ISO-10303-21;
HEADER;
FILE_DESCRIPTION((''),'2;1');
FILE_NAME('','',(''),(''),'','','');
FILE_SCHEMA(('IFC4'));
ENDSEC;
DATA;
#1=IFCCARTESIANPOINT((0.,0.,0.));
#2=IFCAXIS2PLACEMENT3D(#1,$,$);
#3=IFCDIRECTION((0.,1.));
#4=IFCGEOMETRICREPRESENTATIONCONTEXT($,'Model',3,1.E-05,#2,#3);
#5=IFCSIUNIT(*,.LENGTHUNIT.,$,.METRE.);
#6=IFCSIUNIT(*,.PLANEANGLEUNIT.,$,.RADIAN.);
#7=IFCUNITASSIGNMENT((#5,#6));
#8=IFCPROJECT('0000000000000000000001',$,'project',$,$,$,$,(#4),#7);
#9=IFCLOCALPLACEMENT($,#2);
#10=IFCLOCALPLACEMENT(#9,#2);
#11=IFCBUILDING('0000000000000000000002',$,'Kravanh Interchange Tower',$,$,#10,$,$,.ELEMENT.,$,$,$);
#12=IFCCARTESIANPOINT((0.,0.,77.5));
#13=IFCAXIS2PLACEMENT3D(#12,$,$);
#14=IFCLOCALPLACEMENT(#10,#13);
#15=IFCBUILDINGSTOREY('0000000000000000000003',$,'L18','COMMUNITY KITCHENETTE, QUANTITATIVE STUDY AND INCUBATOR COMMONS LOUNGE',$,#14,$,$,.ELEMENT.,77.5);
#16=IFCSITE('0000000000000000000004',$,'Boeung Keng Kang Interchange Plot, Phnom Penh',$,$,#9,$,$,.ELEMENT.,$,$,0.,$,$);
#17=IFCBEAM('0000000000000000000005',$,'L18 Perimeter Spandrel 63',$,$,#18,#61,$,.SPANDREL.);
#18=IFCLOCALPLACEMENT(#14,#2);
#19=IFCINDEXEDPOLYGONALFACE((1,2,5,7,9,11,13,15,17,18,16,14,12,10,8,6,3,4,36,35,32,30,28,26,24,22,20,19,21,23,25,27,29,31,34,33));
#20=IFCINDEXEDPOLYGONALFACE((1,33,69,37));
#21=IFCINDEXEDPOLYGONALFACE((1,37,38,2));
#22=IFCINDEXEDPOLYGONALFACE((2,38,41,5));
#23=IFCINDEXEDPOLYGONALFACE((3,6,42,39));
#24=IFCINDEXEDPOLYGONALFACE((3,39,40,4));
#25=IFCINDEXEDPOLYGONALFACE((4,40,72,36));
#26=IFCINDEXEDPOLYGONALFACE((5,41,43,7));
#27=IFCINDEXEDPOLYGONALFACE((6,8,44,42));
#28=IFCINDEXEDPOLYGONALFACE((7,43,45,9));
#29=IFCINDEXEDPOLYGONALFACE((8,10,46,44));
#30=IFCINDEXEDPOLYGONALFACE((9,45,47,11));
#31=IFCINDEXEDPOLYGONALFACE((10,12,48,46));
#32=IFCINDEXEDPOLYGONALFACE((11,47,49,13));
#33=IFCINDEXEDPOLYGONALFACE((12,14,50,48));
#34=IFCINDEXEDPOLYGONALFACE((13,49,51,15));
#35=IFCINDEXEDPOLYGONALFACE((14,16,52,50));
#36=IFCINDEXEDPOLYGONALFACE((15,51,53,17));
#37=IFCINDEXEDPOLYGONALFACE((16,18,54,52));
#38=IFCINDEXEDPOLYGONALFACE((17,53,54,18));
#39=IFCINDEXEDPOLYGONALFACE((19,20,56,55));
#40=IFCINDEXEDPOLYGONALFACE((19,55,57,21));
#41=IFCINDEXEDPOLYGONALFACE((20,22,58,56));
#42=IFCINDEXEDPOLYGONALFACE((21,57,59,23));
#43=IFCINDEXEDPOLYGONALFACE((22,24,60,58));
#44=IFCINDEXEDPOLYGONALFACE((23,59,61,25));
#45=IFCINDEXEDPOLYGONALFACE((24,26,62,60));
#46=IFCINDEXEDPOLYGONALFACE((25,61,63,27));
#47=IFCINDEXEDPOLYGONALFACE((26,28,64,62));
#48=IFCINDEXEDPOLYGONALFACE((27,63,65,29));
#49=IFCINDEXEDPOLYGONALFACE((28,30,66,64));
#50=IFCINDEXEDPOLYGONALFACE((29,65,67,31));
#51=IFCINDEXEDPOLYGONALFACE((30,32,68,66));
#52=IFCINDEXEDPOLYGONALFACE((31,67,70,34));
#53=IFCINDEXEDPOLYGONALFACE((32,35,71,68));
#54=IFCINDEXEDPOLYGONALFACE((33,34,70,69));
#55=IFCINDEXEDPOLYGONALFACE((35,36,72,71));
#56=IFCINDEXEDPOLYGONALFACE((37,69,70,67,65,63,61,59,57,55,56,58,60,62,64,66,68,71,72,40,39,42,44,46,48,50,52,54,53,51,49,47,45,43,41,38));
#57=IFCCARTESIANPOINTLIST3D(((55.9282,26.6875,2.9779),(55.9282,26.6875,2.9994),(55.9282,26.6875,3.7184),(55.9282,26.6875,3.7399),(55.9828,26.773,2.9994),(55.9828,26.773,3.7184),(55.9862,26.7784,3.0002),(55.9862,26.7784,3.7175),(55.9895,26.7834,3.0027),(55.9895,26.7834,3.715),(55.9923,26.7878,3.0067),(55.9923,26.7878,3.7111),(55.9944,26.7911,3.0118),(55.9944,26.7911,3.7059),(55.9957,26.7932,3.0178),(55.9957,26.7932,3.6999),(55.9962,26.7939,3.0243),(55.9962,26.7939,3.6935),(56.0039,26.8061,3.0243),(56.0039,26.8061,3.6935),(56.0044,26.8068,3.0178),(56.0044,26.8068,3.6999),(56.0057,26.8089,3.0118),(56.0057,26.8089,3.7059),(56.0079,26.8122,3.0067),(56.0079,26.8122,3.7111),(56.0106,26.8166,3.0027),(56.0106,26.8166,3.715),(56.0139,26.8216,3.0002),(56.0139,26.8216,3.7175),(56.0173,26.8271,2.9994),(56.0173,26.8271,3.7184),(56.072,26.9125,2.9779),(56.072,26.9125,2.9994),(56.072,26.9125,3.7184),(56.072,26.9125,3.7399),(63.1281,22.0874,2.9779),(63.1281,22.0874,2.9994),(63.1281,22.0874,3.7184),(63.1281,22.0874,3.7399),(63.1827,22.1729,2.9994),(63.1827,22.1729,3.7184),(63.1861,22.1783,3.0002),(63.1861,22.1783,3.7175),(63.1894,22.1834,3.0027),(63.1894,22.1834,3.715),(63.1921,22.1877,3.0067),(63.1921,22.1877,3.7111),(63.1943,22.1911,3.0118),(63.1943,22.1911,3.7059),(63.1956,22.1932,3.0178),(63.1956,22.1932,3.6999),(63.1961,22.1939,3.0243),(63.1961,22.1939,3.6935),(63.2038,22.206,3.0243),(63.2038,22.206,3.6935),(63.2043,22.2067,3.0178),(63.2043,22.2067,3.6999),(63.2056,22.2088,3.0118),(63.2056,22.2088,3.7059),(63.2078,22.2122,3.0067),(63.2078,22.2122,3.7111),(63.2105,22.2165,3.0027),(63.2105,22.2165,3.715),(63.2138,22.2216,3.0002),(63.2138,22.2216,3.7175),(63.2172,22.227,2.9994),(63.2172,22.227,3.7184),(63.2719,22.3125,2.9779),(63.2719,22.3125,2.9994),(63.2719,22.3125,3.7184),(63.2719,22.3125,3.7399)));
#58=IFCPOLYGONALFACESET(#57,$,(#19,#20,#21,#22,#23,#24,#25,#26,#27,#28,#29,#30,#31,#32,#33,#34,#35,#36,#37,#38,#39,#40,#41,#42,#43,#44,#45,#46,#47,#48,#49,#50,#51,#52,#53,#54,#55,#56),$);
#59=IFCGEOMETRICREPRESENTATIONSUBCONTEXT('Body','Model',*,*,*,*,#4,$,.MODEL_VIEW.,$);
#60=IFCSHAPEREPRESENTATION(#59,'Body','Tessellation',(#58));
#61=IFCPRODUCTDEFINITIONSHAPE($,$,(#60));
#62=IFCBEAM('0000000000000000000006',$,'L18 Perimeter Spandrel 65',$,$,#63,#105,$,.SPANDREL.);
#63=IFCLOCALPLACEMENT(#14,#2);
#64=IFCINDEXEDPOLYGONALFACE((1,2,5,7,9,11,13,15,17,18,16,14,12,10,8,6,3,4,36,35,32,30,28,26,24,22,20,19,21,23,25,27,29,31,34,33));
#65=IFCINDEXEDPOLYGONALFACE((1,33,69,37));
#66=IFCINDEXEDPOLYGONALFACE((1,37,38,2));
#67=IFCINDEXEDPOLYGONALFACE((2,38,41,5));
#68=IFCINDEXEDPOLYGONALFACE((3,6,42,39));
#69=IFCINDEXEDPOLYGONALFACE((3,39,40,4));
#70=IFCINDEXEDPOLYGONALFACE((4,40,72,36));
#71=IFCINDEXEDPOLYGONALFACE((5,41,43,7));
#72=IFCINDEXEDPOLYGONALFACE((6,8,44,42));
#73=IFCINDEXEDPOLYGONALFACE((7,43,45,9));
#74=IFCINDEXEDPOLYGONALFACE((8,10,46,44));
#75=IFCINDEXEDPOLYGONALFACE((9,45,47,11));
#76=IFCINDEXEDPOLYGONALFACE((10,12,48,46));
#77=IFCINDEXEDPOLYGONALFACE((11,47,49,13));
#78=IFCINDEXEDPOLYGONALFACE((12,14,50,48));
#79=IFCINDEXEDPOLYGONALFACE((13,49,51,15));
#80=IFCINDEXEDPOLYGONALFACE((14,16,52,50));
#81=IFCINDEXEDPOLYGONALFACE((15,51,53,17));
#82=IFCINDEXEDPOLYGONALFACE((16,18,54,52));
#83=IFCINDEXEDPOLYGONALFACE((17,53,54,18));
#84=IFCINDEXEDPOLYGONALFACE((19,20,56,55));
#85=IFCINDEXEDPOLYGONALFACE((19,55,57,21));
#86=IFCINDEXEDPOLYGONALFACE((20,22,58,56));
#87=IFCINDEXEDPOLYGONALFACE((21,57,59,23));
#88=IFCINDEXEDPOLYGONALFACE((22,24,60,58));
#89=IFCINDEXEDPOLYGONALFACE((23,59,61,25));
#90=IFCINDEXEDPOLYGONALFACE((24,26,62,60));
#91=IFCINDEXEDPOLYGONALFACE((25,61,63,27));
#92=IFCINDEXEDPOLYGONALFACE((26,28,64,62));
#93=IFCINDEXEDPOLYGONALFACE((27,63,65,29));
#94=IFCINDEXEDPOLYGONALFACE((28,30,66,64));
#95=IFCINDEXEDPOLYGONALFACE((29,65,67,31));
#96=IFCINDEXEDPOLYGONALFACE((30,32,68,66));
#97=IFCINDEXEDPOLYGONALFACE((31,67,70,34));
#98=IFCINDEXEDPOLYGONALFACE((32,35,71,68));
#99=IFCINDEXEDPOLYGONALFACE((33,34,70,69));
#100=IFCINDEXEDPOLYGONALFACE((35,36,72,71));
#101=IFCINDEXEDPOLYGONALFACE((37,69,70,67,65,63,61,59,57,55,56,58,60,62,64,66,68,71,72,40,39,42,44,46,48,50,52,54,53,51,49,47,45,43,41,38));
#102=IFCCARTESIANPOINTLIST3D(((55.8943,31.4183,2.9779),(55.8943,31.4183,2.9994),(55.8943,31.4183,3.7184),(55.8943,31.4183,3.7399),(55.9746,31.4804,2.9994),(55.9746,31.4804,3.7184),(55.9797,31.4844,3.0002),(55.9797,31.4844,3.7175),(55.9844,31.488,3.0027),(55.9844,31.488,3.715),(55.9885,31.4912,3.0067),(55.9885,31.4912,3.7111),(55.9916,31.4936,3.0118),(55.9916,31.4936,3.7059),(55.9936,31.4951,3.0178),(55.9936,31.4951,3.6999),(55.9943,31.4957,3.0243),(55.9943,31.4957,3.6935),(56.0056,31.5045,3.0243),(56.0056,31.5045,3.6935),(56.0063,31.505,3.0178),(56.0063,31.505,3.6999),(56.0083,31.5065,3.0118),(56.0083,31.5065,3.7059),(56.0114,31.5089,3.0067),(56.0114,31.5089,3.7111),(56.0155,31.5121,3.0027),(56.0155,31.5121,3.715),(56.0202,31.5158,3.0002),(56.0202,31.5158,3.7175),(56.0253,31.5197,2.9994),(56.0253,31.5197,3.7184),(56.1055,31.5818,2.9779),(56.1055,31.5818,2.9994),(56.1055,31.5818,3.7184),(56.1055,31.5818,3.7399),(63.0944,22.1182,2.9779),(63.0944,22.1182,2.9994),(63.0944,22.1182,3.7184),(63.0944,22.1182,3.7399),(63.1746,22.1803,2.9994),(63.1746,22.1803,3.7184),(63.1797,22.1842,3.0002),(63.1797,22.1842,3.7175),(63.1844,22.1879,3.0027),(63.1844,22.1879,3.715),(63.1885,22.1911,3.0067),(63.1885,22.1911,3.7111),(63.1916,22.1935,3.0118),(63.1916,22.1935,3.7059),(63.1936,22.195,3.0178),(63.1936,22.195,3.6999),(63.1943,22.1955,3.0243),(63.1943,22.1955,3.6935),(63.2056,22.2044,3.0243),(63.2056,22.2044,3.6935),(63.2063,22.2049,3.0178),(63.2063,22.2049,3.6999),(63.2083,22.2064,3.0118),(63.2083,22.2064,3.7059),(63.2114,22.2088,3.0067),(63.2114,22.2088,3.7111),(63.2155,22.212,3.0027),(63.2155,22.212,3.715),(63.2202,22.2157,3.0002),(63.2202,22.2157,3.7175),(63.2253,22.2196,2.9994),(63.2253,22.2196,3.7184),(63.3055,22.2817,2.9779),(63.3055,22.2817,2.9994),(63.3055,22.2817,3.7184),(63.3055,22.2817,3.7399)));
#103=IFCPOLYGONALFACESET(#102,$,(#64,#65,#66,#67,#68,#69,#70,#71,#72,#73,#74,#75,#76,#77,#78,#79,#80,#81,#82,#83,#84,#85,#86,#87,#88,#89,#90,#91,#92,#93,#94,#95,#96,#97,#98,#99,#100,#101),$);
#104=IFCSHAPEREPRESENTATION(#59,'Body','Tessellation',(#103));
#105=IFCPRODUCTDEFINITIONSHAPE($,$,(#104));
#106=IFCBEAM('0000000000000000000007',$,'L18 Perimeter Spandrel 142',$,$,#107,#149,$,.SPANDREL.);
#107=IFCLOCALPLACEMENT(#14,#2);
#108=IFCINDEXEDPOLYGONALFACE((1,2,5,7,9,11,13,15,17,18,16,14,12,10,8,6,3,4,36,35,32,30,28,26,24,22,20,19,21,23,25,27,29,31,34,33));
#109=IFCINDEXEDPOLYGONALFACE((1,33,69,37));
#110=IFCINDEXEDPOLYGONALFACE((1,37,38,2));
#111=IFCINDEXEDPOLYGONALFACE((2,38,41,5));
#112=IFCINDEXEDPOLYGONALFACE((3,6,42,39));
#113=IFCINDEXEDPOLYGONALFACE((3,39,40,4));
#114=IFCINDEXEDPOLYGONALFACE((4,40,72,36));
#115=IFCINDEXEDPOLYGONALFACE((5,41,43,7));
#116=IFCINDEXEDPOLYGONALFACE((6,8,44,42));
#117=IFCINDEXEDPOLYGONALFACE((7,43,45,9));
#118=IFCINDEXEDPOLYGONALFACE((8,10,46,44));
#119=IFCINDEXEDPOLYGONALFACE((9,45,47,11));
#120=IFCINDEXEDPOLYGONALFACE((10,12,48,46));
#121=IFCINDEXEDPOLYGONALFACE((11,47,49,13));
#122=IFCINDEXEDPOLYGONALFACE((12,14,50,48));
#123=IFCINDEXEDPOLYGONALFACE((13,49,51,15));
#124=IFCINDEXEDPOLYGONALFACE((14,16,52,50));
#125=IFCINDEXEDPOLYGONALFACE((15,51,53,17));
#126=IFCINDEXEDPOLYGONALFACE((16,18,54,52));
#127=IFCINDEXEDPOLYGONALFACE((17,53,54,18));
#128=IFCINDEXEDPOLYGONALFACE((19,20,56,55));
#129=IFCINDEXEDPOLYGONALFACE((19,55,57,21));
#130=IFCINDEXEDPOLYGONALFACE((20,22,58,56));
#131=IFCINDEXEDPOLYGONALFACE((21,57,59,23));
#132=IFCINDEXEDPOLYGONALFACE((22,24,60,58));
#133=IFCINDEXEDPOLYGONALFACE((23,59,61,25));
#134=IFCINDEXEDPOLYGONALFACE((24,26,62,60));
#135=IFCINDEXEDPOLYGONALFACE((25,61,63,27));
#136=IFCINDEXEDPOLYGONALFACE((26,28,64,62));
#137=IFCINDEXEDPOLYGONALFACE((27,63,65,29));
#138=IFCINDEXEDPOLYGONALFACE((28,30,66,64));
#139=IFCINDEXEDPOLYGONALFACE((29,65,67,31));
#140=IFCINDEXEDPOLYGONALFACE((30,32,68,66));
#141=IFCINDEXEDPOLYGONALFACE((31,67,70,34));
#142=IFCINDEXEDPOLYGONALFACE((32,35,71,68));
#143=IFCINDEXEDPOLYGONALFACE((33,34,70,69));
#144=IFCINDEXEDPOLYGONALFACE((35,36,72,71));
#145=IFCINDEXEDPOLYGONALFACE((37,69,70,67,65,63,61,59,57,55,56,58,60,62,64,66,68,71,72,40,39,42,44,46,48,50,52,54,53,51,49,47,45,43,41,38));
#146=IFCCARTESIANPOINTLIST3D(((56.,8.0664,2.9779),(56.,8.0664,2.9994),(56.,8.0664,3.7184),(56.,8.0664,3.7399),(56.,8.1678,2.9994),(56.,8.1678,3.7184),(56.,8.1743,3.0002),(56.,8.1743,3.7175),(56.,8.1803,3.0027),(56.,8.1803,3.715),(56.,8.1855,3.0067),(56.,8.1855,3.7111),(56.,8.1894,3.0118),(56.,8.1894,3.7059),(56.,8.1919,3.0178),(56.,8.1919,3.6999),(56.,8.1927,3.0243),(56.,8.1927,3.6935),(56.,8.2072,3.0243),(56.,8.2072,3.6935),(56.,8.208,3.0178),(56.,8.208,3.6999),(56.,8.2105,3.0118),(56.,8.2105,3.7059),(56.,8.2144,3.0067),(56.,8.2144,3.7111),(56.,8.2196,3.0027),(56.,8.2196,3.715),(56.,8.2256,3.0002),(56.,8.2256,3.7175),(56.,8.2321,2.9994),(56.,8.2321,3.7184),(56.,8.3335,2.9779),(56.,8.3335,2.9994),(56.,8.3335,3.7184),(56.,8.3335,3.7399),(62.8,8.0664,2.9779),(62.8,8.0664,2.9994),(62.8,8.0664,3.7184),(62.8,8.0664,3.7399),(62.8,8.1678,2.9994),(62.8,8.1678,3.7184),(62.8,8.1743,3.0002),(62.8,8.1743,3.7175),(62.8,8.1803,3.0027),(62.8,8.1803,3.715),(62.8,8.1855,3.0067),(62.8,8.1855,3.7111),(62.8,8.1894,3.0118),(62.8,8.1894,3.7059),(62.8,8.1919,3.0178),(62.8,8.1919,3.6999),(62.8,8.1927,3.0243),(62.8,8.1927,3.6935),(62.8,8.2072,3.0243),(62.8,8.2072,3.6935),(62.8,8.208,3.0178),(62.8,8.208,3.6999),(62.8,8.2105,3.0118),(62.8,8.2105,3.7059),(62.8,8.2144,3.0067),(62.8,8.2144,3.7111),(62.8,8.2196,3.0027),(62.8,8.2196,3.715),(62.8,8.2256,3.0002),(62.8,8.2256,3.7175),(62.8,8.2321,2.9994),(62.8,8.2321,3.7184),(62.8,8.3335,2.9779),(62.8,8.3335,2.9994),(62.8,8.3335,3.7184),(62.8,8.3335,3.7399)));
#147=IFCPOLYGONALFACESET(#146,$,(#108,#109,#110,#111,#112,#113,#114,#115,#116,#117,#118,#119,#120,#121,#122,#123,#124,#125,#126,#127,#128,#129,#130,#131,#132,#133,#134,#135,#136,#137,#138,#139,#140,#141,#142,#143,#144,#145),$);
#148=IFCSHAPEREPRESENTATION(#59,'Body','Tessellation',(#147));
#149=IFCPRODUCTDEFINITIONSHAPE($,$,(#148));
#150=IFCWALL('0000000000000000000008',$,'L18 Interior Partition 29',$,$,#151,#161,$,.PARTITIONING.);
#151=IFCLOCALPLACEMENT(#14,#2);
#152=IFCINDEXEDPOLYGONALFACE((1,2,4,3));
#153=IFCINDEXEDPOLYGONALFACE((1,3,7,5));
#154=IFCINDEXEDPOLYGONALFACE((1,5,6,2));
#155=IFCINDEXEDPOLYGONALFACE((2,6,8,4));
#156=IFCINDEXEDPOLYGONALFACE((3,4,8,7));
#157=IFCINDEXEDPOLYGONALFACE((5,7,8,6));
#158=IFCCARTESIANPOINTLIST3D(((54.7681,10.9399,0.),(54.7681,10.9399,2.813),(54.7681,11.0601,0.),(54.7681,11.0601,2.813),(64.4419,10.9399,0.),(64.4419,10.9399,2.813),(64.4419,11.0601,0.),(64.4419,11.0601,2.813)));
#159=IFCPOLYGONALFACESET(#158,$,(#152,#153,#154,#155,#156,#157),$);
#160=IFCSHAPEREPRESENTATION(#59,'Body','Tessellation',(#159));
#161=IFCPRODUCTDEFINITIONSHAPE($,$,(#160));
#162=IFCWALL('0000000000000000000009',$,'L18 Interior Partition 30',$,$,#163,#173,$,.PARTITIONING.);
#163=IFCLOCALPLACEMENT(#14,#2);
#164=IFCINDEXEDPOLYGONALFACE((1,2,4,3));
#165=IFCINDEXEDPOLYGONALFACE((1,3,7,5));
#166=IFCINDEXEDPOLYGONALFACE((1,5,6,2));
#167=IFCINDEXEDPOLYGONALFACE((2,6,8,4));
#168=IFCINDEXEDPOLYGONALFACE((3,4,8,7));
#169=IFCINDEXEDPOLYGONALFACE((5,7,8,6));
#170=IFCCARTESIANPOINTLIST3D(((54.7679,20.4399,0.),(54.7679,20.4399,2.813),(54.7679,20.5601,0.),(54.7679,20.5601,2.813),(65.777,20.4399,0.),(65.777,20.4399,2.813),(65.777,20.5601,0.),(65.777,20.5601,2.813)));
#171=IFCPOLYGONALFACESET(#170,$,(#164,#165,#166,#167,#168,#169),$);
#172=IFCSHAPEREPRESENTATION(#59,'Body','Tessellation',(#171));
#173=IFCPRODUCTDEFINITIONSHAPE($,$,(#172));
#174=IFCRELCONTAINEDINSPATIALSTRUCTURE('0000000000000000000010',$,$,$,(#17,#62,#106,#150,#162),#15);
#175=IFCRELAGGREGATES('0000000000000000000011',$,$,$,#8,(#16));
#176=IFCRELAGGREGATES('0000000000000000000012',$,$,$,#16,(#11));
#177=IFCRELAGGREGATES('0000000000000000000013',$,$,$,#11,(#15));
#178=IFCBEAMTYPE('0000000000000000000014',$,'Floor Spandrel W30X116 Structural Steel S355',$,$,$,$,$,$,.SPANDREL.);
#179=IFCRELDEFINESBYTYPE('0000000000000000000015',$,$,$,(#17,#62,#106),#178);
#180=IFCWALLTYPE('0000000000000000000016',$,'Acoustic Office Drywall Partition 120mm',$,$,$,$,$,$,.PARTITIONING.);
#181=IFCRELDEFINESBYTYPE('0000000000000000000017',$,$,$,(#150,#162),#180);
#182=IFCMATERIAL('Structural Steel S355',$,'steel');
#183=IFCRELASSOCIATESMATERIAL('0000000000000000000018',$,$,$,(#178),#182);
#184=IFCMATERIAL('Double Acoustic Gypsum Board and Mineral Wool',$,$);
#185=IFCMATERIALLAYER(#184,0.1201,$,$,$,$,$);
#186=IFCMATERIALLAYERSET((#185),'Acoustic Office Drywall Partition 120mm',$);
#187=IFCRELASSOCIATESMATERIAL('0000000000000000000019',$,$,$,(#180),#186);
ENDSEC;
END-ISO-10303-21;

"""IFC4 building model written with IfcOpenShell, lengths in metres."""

from ifc_helpers import new_model, si_unit, direction, frame, frame_2d, origin, origin_2d, place, context, subcontext, project, spatial, rectangle, i_section, extrude, material, layer, layer_set, material_profile, profile_set, type_object, element, save


model = new_model("IFC4")

# Units and contexts
model_context = context("Model", 3, precision=1e-05, world=origin(), true_north=direction((0.0, 1.0)))
body_context = subcontext(model_context, "Body", "Model", "MODEL_VIEW")
ifc_project = project(units=[si_unit("LENGTHUNIT", "METRE"), si_unit("PLANEANGLEUNIT", "RADIAN")], contexts=[model_context])

# Site, building, storey
site_placement = place(None, origin())
site = spatial("IfcSite", under=ifc_project, at=site_placement, Name="Boeung Keng Kang Interchange Plot, Phnom Penh", CompositionType="ELEMENT", RefElevation=0.0)
building_placement = place(site_placement, origin())
building = spatial("IfcBuilding", under=site, at=building_placement, Name="Kravanh Interchange Tower", CompositionType="ELEMENT")
storey_placement = place(building_placement, frame((0.0, 0.0, 77.5)))
storey = spatial("IfcBuildingStorey", under=building, at=storey_placement, Name="L18", Description="COMMUNITY KITCHENETTE, QUANTITATIVE STUDY AND INCUBATOR COMMONS LOUNGE", CompositionType="ELEMENT", Elevation=77.5)

# Beams
ifc_material_1 = material(Name="Structural Steel S355", Category="steel")
ifc_material_profile_1 = material_profile(ifc_material_1, i_section(OverallWidth=0.2671, OverallDepth=0.762, WebThickness=0.0144, FlangeThickness=0.0215, FilletRadius=0.0249, at=origin_2d()), Name="W30X116")
ifc_profile_set_1 = profile_set([ifc_material_profile_1], Name="Structural Steel S355")
beam_type_1 = type_object("IfcBeamType", Name="Floor Spandrel W30X116 Structural Steel S355", PredefinedType="SPANDREL", material=ifc_profile_set_1)
beam_1_placement = place(storey_placement, frame((63.2, 22.2, 3.3589), z_axis=(-0.842689, 0.5384, 0.0), x_axis=(-0.5384, -0.842689, 0.0)))
element("IfcBeam", 1, at=beam_1_placement, inside=storey, type_object=beam_type_1, Name="L18 Perimeter Spandrel 63", PredefinedType="SPANDREL", context=body_context, shape_type="SweptSolid", body=[
    extrude(i_section(OverallWidth=0.2671, OverallDepth=0.762, WebThickness=0.0144, FlangeThickness=0.0215, FilletRadius=0.0249, at=origin_2d()), origin(), (0.0, 0.0, 1.0), 8.5439),
])
beam_2_placement = place(storey_placement, frame((63.2, 22.2, 3.3589), z_axis=(-0.612169, 0.790727, 0.0), x_axis=(-0.790727, -0.612169, 0.0)))
element("IfcBeam", 2, at=beam_2_placement, inside=storey, type_object=beam_type_1, Name="L18 Perimeter Spandrel 65", PredefinedType="SPANDREL", context=body_context, shape_type="SweptSolid", body=[
    extrude(i_section(OverallWidth=0.2671, OverallDepth=0.762, WebThickness=0.0144, FlangeThickness=0.0215, FilletRadius=0.0249, at=origin_2d()), origin(), (0.0, 0.0, 1.0), 11.7615),
])
beam_3_placement = place(storey_placement, frame((56.0, 8.2, 3.3589), z_axis=(1.0, 0.0, 0.0), x_axis=(0.0, 1.0, 0.0)))
element("IfcBeam", 3, at=beam_3_placement, inside=storey, type_object=beam_type_1, Name="L18 Perimeter Spandrel 142", PredefinedType="SPANDREL", context=body_context, shape_type="SweptSolid", body=[
    extrude(i_section(OverallWidth=0.2671, OverallDepth=0.762, WebThickness=0.0144, FlangeThickness=0.0215, FilletRadius=0.0249, at=origin_2d()), origin(), (0.0, 0.0, 1.0), 6.8),
])

# Walls
ifc_material_2 = material(Name="Double Acoustic Gypsum Board and Mineral Wool")
ifc_layer_1 = layer(ifc_material_2, 0.1201)
ifc_layer_set_1 = layer_set([ifc_layer_1], Name="Acoustic Office Drywall Partition 120mm")
wall_type = type_object("IfcWallType", Name="Acoustic Office Drywall Partition 120mm", PredefinedType="PARTITIONING", material=ifc_layer_set_1)
wall_1_placement = place(storey_placement, frame((54.7681, 11.0, 0.0), z_axis=(0.0, 0.0, 1.0), x_axis=(1.0, 0.0, 0.0)))
element("IfcWall", 4, at=wall_1_placement, inside=storey, type_object=wall_type, Name="L18 Interior Partition 29", PredefinedType="PARTITIONING", context=body_context, shape_type="SweptSolid", body=[
    extrude(rectangle(XDim=9.6738, YDim=0.1201, at=frame_2d((4.8369, 0.0))), origin(), (0.0, 0.0, 1.0), 2.813),
])
wall_2_placement = place(storey_placement, frame((54.7681, 20.5, 0.0), z_axis=(0.0, 0.0, 1.0), x_axis=(1.0, 0.0, 0.0)))
element("IfcWall", 5, at=wall_2_placement, inside=storey, type_object=wall_type, Name="L18 Interior Partition 30", PredefinedType="PARTITIONING", context=body_context, shape_type="SweptSolid", body=[
    extrude(rectangle(XDim=11.009, YDim=0.1201, at=frame_2d((5.5044, 0.0))), origin(), (0.0, 0.0, 1.0), 2.813),
])

save(model, "model.ifc")
